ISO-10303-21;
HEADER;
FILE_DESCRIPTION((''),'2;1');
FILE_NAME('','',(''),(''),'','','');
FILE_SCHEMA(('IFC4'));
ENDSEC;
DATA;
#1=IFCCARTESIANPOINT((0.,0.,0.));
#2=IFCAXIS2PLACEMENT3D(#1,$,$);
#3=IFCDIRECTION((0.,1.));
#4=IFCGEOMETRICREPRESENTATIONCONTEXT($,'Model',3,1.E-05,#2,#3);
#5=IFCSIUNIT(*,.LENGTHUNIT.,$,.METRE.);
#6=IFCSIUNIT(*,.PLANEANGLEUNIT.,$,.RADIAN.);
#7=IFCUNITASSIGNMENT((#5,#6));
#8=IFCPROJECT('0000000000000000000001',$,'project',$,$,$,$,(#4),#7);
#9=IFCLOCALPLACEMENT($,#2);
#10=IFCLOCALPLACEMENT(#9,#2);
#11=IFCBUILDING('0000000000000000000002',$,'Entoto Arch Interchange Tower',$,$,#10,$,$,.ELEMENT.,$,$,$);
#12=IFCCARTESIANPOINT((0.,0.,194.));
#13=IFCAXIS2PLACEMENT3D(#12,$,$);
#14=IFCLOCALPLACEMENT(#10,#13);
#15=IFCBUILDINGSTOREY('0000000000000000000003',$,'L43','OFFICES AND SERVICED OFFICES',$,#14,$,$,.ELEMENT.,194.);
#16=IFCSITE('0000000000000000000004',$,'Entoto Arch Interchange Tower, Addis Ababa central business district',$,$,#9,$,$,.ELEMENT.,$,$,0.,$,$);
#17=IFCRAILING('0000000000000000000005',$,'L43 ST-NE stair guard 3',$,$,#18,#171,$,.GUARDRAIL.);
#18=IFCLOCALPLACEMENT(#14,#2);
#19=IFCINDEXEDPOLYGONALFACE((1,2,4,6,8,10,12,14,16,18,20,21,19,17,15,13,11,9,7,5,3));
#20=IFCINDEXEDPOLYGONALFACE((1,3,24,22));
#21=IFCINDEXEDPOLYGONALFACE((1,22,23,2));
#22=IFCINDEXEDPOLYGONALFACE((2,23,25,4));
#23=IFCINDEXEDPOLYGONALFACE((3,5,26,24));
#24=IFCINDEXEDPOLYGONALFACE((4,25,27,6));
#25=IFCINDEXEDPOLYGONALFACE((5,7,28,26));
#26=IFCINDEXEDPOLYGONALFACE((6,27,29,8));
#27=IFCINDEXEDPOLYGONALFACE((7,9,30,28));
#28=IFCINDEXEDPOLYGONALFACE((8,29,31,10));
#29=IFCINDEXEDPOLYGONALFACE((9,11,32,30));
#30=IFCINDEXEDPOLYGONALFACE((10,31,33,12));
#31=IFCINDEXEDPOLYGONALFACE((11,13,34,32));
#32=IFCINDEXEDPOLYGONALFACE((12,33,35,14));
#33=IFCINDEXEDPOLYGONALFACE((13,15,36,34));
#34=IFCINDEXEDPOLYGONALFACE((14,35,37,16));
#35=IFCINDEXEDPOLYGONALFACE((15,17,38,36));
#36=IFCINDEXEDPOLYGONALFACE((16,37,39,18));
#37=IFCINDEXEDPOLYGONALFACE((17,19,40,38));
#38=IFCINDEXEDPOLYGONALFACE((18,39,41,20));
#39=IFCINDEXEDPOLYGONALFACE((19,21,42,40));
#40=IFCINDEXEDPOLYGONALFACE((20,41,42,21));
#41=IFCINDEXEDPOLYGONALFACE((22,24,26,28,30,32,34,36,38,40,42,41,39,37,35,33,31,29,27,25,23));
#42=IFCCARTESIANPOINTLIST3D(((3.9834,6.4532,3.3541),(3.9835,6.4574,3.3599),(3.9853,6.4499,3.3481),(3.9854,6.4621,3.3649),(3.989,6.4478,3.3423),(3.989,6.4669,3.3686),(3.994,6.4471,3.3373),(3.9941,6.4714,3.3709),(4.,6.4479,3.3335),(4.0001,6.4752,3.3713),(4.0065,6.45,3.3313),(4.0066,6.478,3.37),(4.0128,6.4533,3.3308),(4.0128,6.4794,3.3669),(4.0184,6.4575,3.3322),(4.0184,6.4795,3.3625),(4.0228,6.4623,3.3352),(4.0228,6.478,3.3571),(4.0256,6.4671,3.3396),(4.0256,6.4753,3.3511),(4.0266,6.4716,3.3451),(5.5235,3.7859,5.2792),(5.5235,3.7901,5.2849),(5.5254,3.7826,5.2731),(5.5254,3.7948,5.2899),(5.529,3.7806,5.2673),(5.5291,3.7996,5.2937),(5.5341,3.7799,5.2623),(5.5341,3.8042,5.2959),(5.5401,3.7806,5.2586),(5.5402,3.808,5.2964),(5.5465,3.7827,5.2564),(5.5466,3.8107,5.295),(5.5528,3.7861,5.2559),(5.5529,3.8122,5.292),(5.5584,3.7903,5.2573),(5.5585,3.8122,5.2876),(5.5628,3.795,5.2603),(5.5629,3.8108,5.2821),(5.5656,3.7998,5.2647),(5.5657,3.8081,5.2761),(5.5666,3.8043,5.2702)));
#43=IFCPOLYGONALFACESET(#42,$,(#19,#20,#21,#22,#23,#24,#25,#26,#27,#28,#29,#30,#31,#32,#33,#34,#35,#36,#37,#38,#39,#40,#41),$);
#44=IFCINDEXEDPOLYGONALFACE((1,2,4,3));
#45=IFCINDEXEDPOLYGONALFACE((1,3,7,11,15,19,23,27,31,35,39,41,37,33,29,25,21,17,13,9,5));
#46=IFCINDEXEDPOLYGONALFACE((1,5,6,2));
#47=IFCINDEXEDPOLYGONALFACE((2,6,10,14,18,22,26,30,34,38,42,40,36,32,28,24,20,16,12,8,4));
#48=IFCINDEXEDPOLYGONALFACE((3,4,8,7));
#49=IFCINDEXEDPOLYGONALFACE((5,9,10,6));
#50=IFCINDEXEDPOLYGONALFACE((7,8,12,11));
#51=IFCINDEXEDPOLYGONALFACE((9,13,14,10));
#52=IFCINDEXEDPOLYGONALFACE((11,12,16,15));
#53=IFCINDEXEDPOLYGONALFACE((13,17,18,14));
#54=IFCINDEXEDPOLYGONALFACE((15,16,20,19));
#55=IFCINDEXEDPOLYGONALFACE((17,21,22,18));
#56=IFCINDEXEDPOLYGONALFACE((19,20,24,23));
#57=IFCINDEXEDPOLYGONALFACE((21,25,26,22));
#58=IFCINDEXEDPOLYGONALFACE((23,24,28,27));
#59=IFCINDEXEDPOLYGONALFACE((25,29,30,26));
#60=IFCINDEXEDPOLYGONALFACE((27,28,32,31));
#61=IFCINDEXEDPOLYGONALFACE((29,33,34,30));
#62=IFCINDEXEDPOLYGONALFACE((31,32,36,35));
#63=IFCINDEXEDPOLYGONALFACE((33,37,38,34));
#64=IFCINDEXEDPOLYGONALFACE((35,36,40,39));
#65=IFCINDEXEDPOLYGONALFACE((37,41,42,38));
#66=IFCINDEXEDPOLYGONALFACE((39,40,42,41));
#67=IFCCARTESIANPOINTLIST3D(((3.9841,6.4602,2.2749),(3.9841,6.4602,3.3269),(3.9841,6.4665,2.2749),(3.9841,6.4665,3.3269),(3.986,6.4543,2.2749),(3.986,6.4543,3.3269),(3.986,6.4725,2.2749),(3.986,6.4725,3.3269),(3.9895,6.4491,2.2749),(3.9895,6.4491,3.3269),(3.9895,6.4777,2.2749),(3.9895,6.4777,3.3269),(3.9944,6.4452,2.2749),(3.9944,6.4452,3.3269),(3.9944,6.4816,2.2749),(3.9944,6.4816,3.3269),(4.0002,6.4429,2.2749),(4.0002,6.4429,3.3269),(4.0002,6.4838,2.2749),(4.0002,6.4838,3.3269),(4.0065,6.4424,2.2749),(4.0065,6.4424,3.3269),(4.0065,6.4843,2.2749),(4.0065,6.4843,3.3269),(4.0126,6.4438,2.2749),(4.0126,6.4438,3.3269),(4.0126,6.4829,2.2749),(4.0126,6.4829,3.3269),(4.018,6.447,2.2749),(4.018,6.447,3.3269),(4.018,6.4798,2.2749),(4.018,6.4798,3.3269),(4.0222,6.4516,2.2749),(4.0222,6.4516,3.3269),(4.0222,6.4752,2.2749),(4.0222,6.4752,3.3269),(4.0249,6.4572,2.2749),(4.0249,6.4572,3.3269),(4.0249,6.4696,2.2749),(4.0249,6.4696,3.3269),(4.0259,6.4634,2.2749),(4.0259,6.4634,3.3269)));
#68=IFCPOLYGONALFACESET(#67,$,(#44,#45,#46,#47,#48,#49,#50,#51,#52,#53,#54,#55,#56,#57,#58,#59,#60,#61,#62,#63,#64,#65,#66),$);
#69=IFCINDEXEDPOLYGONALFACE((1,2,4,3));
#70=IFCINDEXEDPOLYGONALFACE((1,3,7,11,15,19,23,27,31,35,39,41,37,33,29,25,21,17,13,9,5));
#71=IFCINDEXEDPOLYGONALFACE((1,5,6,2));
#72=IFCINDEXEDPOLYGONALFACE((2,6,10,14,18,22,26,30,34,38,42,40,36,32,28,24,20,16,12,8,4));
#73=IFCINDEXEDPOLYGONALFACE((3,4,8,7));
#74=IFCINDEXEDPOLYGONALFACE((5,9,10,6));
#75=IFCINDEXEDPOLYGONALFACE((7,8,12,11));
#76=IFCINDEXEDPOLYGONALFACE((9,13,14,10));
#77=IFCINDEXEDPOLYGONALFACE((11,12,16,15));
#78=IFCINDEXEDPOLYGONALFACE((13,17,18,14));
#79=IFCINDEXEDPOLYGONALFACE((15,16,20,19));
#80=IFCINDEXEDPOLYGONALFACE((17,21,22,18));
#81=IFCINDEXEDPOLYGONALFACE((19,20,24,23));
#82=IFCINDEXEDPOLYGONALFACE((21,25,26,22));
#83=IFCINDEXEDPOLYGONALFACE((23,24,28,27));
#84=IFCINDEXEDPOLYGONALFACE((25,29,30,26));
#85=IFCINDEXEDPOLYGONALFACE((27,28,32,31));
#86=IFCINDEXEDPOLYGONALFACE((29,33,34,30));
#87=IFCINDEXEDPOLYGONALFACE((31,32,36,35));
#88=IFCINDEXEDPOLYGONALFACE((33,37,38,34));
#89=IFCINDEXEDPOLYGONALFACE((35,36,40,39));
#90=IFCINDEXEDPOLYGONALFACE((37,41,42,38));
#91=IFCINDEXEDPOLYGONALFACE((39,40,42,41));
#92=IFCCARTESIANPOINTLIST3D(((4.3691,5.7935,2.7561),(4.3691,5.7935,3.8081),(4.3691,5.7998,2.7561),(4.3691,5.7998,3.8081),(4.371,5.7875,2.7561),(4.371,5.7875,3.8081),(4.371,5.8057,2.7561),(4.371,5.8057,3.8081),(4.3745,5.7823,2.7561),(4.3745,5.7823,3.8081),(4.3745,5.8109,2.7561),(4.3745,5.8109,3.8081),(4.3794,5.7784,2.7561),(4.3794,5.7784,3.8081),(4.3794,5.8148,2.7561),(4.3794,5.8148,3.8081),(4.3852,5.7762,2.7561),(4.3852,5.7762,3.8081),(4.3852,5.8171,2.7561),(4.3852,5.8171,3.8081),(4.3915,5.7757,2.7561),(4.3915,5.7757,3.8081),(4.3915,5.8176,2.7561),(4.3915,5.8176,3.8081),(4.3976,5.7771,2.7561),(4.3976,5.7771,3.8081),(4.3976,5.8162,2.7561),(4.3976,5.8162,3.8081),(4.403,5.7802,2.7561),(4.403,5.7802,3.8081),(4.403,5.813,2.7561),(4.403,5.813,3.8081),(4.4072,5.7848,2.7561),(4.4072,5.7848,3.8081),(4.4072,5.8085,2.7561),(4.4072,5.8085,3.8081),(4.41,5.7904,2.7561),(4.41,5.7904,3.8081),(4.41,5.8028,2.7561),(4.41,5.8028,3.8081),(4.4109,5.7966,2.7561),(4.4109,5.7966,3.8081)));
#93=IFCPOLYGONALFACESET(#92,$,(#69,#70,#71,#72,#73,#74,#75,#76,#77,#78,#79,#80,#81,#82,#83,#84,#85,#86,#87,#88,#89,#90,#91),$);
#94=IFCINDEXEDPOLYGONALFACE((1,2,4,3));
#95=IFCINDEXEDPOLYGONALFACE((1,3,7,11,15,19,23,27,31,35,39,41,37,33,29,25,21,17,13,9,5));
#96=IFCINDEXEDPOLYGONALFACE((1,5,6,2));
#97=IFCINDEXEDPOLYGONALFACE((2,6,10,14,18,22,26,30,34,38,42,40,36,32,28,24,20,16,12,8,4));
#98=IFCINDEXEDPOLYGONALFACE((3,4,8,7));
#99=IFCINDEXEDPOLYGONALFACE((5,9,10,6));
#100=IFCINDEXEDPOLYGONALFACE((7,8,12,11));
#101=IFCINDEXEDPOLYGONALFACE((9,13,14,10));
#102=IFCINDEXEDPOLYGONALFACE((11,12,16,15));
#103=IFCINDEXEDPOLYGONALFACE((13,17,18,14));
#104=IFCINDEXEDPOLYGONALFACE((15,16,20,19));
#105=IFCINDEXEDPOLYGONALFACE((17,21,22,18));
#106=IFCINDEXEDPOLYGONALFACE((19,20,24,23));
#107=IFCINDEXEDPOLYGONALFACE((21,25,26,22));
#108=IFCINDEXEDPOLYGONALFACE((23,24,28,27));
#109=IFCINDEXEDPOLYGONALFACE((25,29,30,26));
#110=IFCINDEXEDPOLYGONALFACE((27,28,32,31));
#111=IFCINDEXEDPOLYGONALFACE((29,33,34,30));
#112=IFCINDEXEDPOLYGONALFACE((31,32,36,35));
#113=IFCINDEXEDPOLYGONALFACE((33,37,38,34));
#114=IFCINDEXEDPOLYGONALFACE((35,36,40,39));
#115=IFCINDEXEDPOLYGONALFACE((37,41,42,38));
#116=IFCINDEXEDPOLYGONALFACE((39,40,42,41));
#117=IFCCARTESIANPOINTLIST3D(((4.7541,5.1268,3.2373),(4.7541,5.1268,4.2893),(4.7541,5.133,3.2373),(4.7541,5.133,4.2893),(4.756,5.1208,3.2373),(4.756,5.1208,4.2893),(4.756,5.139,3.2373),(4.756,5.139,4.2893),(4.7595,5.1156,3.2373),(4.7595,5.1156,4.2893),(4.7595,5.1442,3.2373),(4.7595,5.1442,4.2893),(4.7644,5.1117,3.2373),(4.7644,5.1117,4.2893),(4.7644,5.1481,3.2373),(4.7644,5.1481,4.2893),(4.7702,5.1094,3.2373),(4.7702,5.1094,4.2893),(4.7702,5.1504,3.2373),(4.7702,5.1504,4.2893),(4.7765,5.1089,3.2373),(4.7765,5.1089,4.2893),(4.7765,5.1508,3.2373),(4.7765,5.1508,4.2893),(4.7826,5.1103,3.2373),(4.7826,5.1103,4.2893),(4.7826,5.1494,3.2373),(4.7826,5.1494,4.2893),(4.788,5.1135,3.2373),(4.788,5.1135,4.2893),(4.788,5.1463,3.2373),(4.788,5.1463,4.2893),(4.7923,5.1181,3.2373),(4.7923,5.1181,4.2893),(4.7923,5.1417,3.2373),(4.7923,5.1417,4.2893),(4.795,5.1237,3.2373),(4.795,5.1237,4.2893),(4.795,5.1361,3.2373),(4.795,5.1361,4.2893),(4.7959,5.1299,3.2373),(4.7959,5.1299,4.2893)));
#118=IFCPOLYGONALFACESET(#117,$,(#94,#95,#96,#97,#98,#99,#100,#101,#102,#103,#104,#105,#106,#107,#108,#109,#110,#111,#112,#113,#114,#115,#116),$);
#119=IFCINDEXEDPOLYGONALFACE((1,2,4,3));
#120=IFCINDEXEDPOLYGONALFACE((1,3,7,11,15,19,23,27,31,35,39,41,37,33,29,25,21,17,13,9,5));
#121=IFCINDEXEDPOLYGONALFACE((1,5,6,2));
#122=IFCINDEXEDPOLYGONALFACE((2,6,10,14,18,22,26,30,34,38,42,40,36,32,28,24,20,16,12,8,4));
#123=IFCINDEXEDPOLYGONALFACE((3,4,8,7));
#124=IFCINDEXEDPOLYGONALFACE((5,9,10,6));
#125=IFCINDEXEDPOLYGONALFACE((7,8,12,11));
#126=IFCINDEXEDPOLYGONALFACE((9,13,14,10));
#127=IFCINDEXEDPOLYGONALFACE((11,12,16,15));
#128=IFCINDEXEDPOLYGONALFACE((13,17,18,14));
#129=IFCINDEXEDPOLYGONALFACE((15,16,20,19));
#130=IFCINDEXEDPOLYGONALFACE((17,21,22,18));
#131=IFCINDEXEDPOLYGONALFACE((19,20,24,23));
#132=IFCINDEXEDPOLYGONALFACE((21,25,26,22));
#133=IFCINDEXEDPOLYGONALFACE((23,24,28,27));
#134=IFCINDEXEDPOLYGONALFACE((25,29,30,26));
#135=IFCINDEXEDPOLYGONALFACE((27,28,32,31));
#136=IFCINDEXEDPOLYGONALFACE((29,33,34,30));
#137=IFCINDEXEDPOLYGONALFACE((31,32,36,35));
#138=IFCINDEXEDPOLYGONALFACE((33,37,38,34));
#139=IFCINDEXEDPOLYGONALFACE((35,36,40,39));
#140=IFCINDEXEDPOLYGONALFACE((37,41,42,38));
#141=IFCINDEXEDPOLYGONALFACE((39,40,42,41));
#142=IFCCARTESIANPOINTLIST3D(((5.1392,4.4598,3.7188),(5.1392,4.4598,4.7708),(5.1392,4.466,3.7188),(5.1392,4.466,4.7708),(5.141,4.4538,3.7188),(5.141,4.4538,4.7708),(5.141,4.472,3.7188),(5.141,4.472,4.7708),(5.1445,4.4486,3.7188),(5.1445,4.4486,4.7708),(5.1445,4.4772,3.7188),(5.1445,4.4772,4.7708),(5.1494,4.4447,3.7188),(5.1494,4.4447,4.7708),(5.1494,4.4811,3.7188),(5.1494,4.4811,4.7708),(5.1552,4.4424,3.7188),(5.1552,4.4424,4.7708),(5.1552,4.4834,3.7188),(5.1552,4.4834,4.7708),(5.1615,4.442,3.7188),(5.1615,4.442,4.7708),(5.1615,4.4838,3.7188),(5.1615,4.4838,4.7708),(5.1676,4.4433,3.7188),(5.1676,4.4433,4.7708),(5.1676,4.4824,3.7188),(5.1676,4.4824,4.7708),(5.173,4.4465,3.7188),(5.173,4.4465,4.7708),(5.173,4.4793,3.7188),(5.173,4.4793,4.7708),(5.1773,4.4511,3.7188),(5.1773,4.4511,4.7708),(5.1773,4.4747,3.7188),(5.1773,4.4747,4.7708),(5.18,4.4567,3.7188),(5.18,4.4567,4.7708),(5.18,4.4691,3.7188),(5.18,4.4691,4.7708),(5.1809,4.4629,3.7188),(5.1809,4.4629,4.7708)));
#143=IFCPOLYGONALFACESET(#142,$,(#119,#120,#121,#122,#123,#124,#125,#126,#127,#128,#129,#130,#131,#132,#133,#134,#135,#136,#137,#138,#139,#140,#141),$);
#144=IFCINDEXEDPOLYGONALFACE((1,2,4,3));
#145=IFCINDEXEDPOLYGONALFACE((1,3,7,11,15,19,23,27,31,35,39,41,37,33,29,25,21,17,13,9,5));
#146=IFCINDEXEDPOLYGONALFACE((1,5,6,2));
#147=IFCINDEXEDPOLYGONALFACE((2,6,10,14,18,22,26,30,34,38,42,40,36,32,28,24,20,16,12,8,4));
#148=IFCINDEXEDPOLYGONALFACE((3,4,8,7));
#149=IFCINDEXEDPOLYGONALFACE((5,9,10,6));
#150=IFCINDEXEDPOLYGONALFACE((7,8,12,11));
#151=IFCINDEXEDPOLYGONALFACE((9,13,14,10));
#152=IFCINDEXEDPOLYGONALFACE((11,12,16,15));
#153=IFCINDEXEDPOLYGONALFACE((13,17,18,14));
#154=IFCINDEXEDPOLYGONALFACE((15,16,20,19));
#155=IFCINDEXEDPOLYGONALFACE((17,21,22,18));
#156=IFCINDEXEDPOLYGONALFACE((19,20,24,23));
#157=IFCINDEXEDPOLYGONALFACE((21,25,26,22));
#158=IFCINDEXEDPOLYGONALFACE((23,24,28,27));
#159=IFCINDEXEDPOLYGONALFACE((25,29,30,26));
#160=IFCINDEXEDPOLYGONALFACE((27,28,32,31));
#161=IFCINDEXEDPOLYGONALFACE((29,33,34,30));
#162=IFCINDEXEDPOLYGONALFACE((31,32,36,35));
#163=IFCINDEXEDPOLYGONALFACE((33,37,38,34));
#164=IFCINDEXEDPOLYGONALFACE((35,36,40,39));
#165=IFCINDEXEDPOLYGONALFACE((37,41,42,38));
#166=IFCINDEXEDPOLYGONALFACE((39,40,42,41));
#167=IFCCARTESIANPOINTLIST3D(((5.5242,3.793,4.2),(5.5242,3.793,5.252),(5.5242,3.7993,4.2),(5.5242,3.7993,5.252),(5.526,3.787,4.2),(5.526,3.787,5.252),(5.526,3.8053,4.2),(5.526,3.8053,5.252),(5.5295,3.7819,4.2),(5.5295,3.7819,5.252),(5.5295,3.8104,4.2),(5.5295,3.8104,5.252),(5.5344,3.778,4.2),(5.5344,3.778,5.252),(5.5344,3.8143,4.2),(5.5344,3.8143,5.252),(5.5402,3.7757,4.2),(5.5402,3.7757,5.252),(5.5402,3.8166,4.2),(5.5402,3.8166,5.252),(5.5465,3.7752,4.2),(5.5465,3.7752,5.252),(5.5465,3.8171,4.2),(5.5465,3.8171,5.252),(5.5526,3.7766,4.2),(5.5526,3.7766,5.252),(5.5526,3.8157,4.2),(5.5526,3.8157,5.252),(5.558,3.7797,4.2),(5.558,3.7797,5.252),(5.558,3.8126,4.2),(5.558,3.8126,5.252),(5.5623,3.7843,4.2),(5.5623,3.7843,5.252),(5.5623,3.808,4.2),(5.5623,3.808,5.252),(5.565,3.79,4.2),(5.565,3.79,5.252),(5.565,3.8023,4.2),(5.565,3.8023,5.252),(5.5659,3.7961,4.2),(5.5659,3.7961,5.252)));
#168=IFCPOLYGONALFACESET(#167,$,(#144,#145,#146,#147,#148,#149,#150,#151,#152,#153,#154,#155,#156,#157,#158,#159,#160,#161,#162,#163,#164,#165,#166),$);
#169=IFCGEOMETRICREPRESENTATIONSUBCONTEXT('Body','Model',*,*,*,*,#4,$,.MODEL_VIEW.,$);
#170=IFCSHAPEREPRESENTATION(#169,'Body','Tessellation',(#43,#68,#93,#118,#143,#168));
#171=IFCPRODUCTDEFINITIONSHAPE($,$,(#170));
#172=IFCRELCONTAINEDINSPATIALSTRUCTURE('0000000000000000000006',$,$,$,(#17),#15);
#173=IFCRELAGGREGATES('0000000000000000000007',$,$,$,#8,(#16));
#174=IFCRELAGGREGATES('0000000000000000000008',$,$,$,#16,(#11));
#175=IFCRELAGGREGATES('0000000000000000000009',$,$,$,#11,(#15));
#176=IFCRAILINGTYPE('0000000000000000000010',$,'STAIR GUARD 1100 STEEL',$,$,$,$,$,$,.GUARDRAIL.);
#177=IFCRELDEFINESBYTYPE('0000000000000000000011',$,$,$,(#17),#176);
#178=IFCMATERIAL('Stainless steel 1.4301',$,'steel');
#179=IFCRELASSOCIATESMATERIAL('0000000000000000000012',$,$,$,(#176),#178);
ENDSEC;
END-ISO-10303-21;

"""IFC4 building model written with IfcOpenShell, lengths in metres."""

from ifc_helpers import new_model, si_unit, direction, frame, origin, origin_2d, place, context, subcontext, project, spatial, circle, extrude, material, type_object, element, save


model = new_model("IFC4")

# Units and contexts
model_context = context("Model", 3, precision=1e-05, world=origin(), true_north=direction((0.0, 1.0)))
body_context = subcontext(model_context, "Body", "Model", "MODEL_VIEW")
ifc_project = project(units=[si_unit("LENGTHUNIT", "METRE"), si_unit("PLANEANGLEUNIT", "RADIAN")], contexts=[model_context])

# Site, building, storey
site_placement = place(None, origin())
site = spatial("IfcSite", under=ifc_project, at=site_placement, Name="Entoto Arch Interchange Tower, Addis Ababa central business district", CompositionType="ELEMENT", RefElevation=0.0)
building_placement = place(site_placement, origin())
building = spatial("IfcBuilding", under=site, at=building_placement, Name="Entoto Arch Interchange Tower", CompositionType="ELEMENT")
storey_placement = place(building_placement, frame((0.0, 0.0, 194.0)))
storey = spatial("IfcBuildingStorey", under=building, at=storey_placement, Name="L43", Description="OFFICES AND SERVICED OFFICES", CompositionType="ELEMENT", Elevation=194.0)

# Railing
ifc_material_1 = material(Name="Stainless steel 1.4301", Category="steel")
railing_type_1 = type_object("IfcRailingType", Name="STAIR GUARD 1100 STEEL", PredefinedType="GUARDRAIL", material=ifc_material_1)
railing_1_placement = place(storey_placement, frame((4.0049, 6.4634, 2.2749)))
element("IfcRailing", 1, at=railing_1_placement, inside=storey, type_object=railing_type_1, Name="L43 ST-NE stair guard 3", PredefinedType="GUARDRAIL", context=body_context, shape_type="SweptSolid", body=[
    extrude(circle(Radius=0.0239, at=origin_2d()), frame((0.0, 0.0, 1.0762), z_axis=(0.424015, -0.734364, 0.530019), x_axis=(0.86601, 0.500027, 0.0)), (0.0, 0.0, 1.0), 3.6321),
    extrude(circle(Radius=0.021, at=origin_2d()), origin(), (0.0, 0.0, 1.0), 1.052),
    extrude(circle(Radius=0.021, at=origin_2d()), frame((0.385, -0.6667, 0.4812)), (0.0, 0.0, 1.0), 1.052),
    extrude(circle(Radius=0.021, at=origin_2d()), frame((0.77, -1.3335, 0.9624)), (0.0, 0.0, 1.0), 1.052),
    extrude(circle(Radius=0.021, at=origin_2d()), frame((1.155, -2.0005, 1.4438)), (0.0, 0.0, 1.0), 1.052),
    extrude(circle(Radius=0.021, at=origin_2d()), frame((1.54, -2.6672, 1.925)), (0.0, 0.0, 1.0), 1.052),
])

save(model, "model.ifc")
